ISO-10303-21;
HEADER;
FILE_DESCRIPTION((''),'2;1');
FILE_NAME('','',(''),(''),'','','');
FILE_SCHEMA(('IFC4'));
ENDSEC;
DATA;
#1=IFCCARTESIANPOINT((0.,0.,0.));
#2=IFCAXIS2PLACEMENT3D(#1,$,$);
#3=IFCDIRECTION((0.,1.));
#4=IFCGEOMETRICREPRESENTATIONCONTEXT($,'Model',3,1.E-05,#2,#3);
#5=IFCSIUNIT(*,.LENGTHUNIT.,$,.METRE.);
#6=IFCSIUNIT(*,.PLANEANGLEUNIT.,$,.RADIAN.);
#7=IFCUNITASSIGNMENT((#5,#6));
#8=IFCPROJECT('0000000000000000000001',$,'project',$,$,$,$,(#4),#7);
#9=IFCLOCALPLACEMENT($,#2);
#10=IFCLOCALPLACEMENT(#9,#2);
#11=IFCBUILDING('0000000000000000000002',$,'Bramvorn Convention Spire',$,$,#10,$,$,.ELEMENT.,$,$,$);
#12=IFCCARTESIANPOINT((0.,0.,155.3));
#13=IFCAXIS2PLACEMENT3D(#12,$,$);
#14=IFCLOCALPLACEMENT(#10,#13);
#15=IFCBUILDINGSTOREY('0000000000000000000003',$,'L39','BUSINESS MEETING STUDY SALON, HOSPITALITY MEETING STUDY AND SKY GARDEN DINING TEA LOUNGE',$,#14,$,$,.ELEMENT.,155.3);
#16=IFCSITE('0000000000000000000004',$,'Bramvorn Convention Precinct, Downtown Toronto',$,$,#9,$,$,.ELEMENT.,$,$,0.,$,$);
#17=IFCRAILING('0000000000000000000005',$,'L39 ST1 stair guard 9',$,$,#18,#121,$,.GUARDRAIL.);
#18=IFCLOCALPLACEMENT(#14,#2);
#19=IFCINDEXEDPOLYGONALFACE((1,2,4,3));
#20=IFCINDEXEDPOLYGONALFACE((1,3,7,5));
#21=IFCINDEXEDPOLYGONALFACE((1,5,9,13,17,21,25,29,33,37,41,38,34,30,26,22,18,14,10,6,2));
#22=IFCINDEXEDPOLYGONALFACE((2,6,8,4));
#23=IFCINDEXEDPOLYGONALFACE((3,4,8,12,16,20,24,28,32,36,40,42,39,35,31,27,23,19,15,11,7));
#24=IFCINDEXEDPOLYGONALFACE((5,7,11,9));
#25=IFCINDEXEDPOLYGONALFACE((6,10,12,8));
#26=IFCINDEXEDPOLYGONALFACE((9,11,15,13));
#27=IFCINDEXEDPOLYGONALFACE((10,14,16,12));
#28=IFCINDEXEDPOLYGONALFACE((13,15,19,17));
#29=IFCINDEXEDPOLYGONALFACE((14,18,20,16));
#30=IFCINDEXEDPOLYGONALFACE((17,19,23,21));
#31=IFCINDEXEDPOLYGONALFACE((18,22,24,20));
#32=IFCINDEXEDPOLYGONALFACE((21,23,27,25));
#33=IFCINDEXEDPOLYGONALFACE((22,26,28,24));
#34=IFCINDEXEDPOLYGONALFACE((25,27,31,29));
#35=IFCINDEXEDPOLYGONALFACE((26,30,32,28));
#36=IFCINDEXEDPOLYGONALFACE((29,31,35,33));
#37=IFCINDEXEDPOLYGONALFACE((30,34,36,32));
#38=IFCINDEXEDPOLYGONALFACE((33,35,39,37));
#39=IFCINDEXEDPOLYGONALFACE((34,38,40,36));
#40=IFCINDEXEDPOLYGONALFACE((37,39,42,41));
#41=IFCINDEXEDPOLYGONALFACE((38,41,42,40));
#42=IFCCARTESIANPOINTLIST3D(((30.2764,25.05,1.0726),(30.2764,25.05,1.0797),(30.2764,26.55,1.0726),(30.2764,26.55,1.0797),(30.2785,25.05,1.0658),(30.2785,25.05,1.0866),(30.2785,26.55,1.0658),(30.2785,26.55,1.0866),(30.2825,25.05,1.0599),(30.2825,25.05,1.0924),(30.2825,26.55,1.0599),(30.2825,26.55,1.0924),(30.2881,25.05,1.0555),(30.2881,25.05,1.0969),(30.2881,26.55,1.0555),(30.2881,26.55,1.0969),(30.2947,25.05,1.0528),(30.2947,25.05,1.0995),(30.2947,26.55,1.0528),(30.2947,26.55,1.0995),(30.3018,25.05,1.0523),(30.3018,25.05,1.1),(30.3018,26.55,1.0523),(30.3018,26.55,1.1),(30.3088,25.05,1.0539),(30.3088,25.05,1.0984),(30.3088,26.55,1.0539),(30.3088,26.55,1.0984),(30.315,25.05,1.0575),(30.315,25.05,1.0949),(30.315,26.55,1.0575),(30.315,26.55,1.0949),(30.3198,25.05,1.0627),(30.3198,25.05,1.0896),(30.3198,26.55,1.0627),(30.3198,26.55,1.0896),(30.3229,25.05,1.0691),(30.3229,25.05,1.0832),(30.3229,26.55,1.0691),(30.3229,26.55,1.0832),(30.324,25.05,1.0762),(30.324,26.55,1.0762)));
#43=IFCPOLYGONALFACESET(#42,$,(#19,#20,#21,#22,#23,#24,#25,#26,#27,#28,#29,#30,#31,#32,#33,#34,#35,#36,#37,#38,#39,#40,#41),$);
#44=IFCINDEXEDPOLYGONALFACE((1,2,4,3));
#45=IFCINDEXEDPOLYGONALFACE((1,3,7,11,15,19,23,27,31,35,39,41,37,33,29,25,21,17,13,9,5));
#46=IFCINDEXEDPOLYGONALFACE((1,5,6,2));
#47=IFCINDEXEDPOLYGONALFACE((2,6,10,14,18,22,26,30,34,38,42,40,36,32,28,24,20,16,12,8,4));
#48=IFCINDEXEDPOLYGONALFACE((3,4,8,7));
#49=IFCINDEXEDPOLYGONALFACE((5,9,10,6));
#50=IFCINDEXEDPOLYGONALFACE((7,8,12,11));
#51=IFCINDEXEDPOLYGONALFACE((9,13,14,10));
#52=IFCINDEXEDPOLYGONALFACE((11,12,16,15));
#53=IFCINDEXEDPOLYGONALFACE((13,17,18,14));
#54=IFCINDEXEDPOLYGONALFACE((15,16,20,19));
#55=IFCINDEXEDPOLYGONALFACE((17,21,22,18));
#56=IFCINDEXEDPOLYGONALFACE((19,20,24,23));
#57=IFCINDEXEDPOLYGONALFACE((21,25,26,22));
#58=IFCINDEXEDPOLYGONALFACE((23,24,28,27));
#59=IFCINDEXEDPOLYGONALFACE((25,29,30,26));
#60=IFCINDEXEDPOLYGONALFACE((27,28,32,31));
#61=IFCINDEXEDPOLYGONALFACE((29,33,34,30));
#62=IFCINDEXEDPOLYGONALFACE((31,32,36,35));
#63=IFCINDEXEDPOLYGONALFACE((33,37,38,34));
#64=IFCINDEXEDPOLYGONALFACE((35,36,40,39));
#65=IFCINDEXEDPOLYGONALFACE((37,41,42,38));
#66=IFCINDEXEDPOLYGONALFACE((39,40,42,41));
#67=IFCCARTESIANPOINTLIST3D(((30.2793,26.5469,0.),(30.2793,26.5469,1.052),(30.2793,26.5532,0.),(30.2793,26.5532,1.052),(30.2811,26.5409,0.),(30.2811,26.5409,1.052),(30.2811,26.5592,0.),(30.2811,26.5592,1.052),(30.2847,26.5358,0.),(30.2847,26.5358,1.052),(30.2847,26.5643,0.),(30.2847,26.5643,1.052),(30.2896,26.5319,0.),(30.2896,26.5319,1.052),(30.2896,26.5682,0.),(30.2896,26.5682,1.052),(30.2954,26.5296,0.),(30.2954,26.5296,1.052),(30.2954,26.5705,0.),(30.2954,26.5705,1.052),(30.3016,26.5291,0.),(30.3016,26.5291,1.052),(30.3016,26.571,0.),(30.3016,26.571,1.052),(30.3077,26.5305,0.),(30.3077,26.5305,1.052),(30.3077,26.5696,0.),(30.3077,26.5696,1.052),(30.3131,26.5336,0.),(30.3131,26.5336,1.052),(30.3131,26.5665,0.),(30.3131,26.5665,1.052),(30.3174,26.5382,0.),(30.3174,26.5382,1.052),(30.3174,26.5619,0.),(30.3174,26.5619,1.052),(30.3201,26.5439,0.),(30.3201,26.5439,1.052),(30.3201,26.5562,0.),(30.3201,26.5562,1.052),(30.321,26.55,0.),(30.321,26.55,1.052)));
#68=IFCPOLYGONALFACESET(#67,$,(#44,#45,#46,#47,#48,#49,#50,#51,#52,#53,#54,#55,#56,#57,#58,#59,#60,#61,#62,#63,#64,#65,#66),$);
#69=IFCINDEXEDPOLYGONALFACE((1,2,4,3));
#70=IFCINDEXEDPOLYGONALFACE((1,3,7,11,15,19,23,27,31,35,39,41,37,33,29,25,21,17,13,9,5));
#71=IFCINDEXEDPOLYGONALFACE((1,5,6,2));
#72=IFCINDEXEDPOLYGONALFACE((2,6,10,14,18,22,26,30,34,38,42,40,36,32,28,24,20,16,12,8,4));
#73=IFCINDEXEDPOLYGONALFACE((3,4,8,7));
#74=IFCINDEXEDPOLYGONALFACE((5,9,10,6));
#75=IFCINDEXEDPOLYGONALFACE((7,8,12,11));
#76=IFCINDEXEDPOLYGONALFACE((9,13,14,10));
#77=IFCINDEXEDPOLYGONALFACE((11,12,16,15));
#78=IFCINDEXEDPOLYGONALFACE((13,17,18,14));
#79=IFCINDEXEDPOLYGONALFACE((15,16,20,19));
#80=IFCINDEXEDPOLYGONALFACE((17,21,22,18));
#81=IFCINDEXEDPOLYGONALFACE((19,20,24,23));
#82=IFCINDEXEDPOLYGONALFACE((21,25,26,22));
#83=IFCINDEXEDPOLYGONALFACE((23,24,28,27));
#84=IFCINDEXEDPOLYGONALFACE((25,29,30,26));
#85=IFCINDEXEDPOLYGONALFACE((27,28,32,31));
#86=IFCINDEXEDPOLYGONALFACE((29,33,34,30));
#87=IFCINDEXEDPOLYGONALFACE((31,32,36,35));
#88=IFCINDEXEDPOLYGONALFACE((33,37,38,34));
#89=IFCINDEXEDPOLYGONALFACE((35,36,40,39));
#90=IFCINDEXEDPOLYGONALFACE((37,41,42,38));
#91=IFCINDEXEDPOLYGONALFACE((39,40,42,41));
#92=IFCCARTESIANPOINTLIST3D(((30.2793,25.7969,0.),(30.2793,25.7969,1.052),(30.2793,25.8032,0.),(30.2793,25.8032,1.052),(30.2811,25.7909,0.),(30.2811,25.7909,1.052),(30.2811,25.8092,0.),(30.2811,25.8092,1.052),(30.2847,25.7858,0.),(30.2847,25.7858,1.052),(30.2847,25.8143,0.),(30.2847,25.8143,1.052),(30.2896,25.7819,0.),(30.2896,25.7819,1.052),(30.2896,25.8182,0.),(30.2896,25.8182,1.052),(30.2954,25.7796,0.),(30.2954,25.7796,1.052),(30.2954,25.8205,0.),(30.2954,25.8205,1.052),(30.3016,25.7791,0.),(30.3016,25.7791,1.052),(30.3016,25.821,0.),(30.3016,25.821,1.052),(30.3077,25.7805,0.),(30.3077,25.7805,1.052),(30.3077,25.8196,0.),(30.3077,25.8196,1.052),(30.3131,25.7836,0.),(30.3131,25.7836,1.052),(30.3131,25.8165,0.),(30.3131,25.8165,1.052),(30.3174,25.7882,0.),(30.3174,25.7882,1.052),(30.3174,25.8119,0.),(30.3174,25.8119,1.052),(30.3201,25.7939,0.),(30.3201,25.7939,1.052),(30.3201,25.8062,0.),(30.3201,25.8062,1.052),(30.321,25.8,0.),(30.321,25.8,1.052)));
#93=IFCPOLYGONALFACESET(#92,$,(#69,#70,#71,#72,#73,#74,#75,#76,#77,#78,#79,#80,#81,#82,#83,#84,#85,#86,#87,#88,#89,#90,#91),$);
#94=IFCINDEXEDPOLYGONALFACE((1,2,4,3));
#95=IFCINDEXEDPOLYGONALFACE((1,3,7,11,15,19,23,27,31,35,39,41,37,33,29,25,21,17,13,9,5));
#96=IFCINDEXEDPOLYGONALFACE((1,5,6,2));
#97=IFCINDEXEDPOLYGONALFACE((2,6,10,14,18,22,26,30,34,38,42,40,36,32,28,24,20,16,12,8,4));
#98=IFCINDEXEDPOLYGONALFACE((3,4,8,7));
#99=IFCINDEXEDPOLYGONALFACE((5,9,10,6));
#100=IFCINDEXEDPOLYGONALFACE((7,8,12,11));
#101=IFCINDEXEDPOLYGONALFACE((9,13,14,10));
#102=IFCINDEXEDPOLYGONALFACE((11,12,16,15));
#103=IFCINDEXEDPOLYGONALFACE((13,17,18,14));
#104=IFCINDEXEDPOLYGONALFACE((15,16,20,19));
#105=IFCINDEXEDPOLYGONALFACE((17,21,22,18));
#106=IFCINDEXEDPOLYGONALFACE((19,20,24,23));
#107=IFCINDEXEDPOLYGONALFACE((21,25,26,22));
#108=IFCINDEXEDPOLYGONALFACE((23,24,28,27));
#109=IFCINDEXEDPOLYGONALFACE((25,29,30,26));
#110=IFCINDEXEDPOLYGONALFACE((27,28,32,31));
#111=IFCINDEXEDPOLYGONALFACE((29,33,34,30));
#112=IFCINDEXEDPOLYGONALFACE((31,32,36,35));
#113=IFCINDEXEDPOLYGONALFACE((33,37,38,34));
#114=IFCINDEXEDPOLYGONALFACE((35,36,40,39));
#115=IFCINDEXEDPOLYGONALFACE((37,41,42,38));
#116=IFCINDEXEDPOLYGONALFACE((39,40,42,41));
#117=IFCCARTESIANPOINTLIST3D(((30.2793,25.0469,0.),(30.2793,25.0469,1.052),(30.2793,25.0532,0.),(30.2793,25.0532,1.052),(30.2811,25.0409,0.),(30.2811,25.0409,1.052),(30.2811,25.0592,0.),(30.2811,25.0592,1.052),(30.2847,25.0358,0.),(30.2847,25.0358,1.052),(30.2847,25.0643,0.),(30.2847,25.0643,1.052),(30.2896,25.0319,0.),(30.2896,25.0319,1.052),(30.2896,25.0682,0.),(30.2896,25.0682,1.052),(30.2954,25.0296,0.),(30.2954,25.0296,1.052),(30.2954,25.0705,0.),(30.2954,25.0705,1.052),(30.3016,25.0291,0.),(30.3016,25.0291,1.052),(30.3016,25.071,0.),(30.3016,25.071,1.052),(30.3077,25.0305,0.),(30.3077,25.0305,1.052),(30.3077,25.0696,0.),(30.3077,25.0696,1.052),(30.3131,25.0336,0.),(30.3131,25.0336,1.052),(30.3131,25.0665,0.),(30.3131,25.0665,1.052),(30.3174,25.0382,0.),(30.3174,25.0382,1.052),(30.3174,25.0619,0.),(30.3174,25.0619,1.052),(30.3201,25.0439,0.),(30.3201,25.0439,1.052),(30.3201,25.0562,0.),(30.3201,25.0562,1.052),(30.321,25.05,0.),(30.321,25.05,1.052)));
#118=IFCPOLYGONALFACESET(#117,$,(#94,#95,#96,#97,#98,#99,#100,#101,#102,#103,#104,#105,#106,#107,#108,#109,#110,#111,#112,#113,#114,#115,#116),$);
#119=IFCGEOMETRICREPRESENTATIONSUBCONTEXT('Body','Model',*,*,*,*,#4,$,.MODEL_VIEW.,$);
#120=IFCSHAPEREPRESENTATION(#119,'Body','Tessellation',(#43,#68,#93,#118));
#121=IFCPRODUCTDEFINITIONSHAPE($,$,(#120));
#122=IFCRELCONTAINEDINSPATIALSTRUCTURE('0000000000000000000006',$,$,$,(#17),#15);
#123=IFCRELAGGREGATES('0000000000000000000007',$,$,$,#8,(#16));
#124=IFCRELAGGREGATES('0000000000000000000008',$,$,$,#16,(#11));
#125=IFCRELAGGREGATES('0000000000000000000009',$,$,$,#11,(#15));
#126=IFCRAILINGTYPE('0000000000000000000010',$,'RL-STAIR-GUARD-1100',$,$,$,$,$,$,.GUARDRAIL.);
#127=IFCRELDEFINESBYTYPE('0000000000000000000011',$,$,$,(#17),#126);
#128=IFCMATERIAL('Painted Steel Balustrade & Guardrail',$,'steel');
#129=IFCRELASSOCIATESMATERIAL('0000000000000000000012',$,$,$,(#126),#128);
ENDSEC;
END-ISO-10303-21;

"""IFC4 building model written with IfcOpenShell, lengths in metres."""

from ifc_helpers import new_model, si_unit, direction, frame, origin, origin_2d, place, context, subcontext, project, spatial, circle, extrude, material, type_object, element, save


model = new_model("IFC4")

# Units and contexts
model_context = context("Model", 3, precision=1e-05, world=origin(), true_north=direction((0.0, 1.0)))
body_context = subcontext(model_context, "Body", "Model", "MODEL_VIEW")
ifc_project = project(units=[si_unit("LENGTHUNIT", "METRE"), si_unit("PLANEANGLEUNIT", "RADIAN")], contexts=[model_context])

# Site, building, storey
site_placement = place(None, origin())
site = spatial("IfcSite", under=ifc_project, at=site_placement, Name="Bramvorn Convention Precinct, Downtown Toronto", CompositionType="ELEMENT", RefElevation=0.0)
building_placement = place(site_placement, origin())
building = spatial("IfcBuilding", under=site, at=building_placement, Name="Bramvorn Convention Spire", CompositionType="ELEMENT")
storey_placement = place(building_placement, frame((0.0, 0.0, 155.3)))
storey = spatial("IfcBuildingStorey", under=building, at=storey_placement, Name="L39", Description="BUSINESS MEETING STUDY SALON, HOSPITALITY MEETING STUDY AND SKY GARDEN DINING TEA LOUNGE", CompositionType="ELEMENT", Elevation=155.3)

# Railing
ifc_material_1 = material(Name="Painted Steel Balustrade & Guardrail", Category="steel")
railing_type_1 = type_object("IfcRailingType", Name="RL-STAIR-GUARD-1100", PredefinedType="GUARDRAIL", material=ifc_material_1)
for number, where, name in (
    (1, (30.3, 26.55, 0.0), "L39 ST1 stair guard 9"),
):
    element("IfcRailing", number, at=place(storey_placement, frame(where)), inside=storey, type_object=railing_type_1, Name=name, PredefinedType="GUARDRAIL", context=body_context, shape_type="SweptSolid", body=[
        extrude(circle(Radius=0.0239, at=origin_2d()), frame((0.0, 0.0, 1.0762), z_axis=(0.0, -1.0, 0.0), x_axis=(1.0, 0.0, 0.0)), (0.0, 0.0, 1.0), 1.5),
        extrude(circle(Radius=0.021, at=origin_2d()), origin(), (0.0, 0.0, 1.0), 1.052),
        extrude(circle(Radius=0.021, at=origin_2d()), frame((0.0, -0.75, 0.0)), (0.0, 0.0, 1.0), 1.052),
        extrude(circle(Radius=0.021, at=origin_2d()), frame((0.0, -1.5, 0.0)), (0.0, 0.0, 1.0), 1.052),
    ])

save(model, "model.ifc")
